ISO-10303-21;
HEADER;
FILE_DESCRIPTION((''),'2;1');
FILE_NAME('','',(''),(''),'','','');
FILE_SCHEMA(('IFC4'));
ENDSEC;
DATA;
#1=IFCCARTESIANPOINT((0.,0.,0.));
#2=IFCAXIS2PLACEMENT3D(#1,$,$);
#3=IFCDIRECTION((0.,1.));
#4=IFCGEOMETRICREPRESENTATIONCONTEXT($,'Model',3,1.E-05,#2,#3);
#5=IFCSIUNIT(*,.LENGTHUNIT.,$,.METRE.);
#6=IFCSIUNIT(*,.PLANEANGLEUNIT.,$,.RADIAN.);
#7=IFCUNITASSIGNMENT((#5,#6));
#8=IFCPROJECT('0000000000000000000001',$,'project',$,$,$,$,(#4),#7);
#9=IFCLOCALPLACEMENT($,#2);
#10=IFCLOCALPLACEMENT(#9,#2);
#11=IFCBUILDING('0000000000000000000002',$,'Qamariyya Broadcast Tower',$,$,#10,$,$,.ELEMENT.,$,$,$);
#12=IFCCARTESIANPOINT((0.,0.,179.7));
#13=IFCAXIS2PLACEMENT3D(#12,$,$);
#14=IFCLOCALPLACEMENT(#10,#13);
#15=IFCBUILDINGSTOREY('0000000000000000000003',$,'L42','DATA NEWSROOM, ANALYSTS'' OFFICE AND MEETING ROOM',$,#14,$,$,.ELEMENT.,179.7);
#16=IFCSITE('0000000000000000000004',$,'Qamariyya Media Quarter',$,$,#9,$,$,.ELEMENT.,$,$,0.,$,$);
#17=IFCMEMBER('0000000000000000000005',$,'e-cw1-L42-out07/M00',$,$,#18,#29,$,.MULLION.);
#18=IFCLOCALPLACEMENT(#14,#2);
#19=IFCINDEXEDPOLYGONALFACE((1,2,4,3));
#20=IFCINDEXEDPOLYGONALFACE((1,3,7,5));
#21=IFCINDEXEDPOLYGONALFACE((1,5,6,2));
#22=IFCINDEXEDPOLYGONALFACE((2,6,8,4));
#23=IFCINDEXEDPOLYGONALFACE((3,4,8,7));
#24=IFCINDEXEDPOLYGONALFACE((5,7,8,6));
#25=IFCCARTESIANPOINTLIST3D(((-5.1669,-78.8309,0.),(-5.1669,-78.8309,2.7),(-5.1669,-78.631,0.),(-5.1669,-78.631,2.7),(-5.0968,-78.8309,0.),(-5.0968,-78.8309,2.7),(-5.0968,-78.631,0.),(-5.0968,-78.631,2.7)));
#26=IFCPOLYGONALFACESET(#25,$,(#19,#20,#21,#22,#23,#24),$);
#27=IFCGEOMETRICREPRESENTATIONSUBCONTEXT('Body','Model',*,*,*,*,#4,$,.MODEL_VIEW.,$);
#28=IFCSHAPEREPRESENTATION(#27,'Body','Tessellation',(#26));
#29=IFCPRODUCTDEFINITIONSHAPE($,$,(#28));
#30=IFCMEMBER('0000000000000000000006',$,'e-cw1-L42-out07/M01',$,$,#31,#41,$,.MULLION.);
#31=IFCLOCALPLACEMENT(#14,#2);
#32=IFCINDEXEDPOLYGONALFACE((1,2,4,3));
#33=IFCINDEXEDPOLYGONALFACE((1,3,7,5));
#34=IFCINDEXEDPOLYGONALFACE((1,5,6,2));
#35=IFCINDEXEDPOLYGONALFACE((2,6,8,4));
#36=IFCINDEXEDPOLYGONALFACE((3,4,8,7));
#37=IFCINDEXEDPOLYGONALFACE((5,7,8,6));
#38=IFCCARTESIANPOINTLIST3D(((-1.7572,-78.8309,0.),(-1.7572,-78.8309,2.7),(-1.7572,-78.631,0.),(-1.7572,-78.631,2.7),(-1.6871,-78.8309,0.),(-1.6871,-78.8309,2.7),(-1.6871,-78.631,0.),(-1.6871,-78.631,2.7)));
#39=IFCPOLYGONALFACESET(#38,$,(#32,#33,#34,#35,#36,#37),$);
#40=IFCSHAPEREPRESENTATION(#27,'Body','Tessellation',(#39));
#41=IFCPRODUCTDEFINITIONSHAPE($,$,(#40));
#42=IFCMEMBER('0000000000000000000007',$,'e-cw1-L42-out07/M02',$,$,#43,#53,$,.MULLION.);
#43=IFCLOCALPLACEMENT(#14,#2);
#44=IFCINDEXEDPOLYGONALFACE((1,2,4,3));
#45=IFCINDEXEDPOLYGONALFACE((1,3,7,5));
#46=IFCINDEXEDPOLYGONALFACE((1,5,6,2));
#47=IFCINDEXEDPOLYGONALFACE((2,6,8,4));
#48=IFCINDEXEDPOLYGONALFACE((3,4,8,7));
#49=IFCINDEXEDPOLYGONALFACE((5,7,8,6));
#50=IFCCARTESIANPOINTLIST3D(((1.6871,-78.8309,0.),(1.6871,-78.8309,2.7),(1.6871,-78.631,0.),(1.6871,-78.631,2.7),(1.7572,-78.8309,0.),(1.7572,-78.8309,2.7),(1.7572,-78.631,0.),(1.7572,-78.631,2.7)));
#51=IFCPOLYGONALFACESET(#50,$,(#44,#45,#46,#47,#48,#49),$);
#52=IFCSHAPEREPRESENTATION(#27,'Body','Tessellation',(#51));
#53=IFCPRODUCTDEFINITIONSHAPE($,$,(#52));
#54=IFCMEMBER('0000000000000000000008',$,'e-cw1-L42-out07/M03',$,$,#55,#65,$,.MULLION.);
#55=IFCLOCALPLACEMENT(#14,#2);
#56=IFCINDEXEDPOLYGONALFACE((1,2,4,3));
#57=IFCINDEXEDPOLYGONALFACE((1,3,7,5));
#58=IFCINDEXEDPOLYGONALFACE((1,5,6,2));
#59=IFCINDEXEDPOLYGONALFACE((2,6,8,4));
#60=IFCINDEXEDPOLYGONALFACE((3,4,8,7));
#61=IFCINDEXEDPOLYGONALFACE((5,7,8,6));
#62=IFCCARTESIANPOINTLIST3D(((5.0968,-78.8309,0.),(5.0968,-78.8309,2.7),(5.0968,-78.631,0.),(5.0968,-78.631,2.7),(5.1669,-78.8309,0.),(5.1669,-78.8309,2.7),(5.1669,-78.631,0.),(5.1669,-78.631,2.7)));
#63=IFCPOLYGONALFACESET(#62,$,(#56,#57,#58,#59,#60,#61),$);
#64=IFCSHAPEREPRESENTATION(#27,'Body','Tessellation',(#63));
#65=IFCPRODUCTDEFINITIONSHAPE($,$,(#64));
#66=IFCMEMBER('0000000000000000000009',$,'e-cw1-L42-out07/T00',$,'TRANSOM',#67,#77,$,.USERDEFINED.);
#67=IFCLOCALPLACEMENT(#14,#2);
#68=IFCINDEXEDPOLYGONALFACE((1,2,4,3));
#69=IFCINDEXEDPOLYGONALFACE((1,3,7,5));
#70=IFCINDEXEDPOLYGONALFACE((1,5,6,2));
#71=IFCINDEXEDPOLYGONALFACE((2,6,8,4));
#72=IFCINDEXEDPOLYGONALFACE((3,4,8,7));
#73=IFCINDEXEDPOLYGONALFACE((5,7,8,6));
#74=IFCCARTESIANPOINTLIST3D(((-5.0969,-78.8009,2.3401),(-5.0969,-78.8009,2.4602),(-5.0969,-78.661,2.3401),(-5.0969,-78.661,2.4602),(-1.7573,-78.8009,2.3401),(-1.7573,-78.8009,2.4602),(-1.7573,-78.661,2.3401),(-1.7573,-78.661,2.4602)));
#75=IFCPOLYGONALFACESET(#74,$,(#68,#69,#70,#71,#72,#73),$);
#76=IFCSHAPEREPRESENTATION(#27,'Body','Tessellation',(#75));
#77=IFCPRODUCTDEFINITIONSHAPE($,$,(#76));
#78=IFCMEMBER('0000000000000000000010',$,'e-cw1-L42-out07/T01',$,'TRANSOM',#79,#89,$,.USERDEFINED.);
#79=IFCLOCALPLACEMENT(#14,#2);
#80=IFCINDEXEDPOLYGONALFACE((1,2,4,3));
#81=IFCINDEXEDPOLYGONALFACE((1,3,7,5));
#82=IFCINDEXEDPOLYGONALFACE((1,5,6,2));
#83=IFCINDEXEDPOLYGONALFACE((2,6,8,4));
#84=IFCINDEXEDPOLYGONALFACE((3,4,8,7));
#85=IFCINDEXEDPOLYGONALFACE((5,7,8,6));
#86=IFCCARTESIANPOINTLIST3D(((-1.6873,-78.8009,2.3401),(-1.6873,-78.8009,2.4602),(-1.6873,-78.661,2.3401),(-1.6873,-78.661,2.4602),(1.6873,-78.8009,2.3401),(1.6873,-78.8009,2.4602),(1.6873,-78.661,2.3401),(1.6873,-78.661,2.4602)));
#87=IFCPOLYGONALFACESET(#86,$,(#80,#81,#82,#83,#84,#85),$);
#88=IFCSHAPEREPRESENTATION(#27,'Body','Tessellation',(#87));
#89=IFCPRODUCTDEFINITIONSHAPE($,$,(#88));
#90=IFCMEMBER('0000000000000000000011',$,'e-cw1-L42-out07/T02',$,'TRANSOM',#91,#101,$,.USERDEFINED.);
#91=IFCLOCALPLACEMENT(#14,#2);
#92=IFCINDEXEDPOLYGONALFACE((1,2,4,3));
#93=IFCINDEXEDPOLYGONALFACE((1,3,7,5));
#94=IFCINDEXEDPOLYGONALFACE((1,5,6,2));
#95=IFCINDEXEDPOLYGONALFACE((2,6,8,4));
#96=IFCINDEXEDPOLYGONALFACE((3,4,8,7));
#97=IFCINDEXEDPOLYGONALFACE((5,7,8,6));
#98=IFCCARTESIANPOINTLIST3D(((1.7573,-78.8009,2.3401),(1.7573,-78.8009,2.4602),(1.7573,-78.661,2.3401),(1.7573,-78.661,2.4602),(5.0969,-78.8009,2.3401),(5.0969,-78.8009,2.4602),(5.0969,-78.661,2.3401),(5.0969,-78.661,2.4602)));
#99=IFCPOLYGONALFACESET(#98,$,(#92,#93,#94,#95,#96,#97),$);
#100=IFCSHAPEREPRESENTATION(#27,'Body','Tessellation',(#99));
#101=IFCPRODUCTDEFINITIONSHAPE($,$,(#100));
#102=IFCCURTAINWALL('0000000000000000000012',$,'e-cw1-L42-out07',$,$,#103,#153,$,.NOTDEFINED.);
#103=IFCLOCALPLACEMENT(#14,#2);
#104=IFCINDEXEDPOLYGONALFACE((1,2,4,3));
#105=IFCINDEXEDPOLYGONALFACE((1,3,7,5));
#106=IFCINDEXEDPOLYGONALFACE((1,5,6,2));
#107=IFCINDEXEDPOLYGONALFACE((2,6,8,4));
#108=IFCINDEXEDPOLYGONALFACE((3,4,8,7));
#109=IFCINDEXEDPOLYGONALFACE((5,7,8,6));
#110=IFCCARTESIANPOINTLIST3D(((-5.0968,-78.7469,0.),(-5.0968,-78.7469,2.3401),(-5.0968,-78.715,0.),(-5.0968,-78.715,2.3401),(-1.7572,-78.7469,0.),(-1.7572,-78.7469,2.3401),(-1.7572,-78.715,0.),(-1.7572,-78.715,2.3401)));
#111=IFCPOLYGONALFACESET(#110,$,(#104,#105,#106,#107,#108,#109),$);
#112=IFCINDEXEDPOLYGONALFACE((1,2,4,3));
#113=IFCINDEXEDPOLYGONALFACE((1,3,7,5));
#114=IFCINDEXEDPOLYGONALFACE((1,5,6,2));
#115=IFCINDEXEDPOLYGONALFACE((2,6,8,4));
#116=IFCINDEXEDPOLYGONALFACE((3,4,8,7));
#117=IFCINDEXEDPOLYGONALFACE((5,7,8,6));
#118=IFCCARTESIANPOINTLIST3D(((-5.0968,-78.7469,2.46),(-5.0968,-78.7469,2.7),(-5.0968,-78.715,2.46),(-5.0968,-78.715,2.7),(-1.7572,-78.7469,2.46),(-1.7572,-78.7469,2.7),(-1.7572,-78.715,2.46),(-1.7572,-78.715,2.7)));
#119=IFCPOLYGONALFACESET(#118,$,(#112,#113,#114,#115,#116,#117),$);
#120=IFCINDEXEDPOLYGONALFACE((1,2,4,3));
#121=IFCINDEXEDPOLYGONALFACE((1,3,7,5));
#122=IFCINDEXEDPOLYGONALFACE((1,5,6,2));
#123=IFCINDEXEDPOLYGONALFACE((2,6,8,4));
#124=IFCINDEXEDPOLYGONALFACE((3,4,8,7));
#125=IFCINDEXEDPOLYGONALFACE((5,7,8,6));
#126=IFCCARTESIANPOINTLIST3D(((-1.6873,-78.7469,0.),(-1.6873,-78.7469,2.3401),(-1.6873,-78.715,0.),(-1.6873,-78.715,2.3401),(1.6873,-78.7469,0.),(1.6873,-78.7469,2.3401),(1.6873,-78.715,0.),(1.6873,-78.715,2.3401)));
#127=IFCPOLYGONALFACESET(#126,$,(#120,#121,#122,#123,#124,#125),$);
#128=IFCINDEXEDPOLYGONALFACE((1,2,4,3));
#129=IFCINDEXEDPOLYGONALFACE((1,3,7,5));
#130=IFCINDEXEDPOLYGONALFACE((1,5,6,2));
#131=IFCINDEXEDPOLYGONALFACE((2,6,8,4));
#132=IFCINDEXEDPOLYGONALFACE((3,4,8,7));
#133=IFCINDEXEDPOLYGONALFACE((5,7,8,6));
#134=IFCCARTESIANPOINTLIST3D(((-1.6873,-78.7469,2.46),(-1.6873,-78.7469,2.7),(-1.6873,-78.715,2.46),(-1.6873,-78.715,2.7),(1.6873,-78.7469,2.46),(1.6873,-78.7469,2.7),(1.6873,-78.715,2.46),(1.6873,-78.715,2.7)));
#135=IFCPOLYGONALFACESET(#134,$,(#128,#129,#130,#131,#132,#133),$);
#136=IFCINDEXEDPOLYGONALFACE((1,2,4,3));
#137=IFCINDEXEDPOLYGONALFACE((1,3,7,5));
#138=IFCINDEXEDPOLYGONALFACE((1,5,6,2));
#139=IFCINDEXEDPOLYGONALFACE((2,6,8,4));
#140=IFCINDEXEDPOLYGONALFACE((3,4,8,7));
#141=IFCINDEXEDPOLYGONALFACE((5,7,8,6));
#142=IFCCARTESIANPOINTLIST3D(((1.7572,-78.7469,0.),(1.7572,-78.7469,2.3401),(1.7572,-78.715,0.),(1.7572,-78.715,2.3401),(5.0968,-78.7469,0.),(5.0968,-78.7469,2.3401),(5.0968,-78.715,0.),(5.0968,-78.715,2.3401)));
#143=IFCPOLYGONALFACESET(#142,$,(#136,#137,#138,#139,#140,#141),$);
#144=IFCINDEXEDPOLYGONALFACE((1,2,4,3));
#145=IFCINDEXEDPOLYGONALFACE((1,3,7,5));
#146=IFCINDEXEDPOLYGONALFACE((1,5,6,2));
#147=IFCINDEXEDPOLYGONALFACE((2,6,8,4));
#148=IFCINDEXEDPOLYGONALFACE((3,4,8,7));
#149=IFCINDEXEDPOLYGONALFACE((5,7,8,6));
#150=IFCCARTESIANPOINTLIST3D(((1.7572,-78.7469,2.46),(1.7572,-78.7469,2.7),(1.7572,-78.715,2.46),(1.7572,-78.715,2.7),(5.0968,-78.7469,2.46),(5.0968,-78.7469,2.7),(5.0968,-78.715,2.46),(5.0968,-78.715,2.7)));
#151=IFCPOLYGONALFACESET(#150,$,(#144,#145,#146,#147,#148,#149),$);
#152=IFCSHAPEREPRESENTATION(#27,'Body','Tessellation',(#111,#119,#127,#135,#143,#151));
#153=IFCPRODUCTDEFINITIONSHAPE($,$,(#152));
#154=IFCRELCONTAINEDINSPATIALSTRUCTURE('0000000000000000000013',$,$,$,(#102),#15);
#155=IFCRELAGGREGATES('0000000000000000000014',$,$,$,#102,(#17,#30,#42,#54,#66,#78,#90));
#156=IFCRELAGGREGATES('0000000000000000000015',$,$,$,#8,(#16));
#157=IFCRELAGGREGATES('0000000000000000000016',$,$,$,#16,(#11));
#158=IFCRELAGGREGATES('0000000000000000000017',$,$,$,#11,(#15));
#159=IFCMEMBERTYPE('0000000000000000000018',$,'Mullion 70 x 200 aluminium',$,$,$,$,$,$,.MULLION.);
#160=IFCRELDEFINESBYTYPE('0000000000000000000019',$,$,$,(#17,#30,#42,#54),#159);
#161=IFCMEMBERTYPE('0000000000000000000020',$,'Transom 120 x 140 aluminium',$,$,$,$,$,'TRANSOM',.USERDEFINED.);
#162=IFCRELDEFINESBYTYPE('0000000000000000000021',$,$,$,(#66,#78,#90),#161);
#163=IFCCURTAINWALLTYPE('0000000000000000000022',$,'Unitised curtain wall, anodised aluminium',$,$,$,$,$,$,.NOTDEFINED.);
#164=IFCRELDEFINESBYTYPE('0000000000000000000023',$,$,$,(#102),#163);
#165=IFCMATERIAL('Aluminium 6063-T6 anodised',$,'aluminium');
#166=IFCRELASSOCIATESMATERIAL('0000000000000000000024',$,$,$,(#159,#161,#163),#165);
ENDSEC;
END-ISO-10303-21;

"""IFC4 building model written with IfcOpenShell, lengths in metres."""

from ifc_helpers import new_model, si_unit, direction, frame, origin, origin_2d, place, context, subcontext, project, spatial, rectangle, extrude, material, material_profile, profile_set, type_object, element, aggregate, save


model = new_model("IFC4")

# Units and contexts
model_context = context("Model", 3, precision=1e-05, world=origin(), true_north=direction((0.0, 1.0)))
body_context = subcontext(model_context, "Body", "Model", "MODEL_VIEW")
ifc_project = project(units=[si_unit("LENGTHUNIT", "METRE"), si_unit("PLANEANGLEUNIT", "RADIAN")], contexts=[model_context])

# Members
ifc_material = material(Name="Aluminium 6063-T6 anodised", Category="aluminium")
ifc_material_profile_1 = material_profile(ifc_material, rectangle(XDim=0.2, YDim=0.0701, at=origin_2d()))
ifc_profile_set_1 = profile_set([ifc_material_profile_1], Name="Aluminium 6063-T6 anodised")
member_type_1 = type_object("IfcMemberType", Name="Mullion 70 x 200 aluminium", PredefinedType="MULLION", material=ifc_profile_set_1)
site_placement = place(None, origin())
building_placement = place(site_placement, origin())
storey_placement = place(building_placement, frame((0.0, 0.0, 179.7)))
member_1_placement = place(storey_placement, frame((-5.1318, -78.731, 0.0), z_axis=(0.0, 0.0, 1.0), x_axis=(0.0, 1.0, 0.0)))
member_1 = element("IfcMember", 1, at=member_1_placement, type_object=member_type_1, Name="e-cw1-L42-out07/M00", PredefinedType="MULLION", context=body_context, shape_type="SweptSolid", body=[
    extrude(rectangle(XDim=0.2, YDim=0.0701, at=origin_2d()), origin(), (0.0, 0.0, 1.0), 2.7),
])
member_2_placement = place(storey_placement, frame((-1.7222, -78.731, 0.0), z_axis=(0.0, 0.0, 1.0), x_axis=(0.0, 1.0, 0.0)))
member_2 = element("IfcMember", 2, at=member_2_placement, type_object=member_type_1, Name="e-cw1-L42-out07/M01", PredefinedType="MULLION", context=body_context, shape_type="SweptSolid", body=[
    extrude(rectangle(XDim=0.2, YDim=0.0701, at=origin_2d()), origin(), (0.0, 0.0, 1.0), 2.7),
])
member_3_placement = place(storey_placement, frame((1.7222, -78.731, 0.0), z_axis=(0.0, 0.0, 1.0), x_axis=(0.0, 1.0, 0.0)))
member_3 = element("IfcMember", 3, at=member_3_placement, type_object=member_type_1, Name="e-cw1-L42-out07/M02", PredefinedType="MULLION", context=body_context, shape_type="SweptSolid", body=[
    extrude(rectangle(XDim=0.2, YDim=0.0701, at=origin_2d()), origin(), (0.0, 0.0, 1.0), 2.7),
])
member_4_placement = place(storey_placement, frame((5.1318, -78.731, 0.0), z_axis=(0.0, 0.0, 1.0), x_axis=(0.0, 1.0, 0.0)))
member_4 = element("IfcMember", 4, at=member_4_placement, type_object=member_type_1, Name="e-cw1-L42-out07/M03", PredefinedType="MULLION", context=body_context, shape_type="SweptSolid", body=[
    extrude(rectangle(XDim=0.2, YDim=0.0701, at=origin_2d()), origin(), (0.0, 0.0, 1.0), 2.7),
])
ifc_material_profile_2 = material_profile(ifc_material, rectangle(XDim=0.1399, YDim=0.1201, at=origin_2d()))
ifc_profile_set_2 = profile_set([ifc_material_profile_2], Name="Aluminium 6063-T6 anodised")
member_type_2 = type_object("IfcMemberType", Name="Transom 120 x 140 aluminium", ElementType="TRANSOM", PredefinedType="USERDEFINED", material=ifc_profile_set_2)
member_5_placement = place(storey_placement, frame((-5.0969, -78.731, 2.4001), z_axis=(1.0, 0.0, 0.0), x_axis=(0.0, 1.0, 0.0)))
member_5 = element("IfcMember", 5, at=member_5_placement, type_object=member_type_2, Name="e-cw1-L42-out07/T00", ObjectType="TRANSOM", PredefinedType="USERDEFINED", context=body_context, shape_type="SweptSolid", body=[
    extrude(rectangle(XDim=0.1399, YDim=0.1201, at=origin_2d()), origin(), (0.0, 0.0, 1.0), 3.3396),
])
member_6_placement = place(storey_placement, frame((-1.6873, -78.731, 2.4001), z_axis=(1.0, 0.0, 0.0), x_axis=(0.0, 1.0, 0.0)))
member_6 = element("IfcMember", 6, at=member_6_placement, type_object=member_type_2, Name="e-cw1-L42-out07/T01", ObjectType="TRANSOM", PredefinedType="USERDEFINED", context=body_context, shape_type="SweptSolid", body=[
    extrude(rectangle(XDim=0.1399, YDim=0.1201, at=origin_2d()), origin(), (0.0, 0.0, 1.0), 3.3745),
])
member_7_placement = place(storey_placement, frame((1.7573, -78.731, 2.4001), z_axis=(1.0, 0.0, 0.0), x_axis=(0.0, 1.0, 0.0)))
member_7 = element("IfcMember", 7, at=member_7_placement, type_object=member_type_2, Name="e-cw1-L42-out07/T02", ObjectType="TRANSOM", PredefinedType="USERDEFINED", context=body_context, shape_type="SweptSolid", body=[
    extrude(rectangle(XDim=0.1399, YDim=0.1201, at=origin_2d()), origin(), (0.0, 0.0, 1.0), 3.3396),
])

# Site, building, storey
site = spatial("IfcSite", under=ifc_project, at=site_placement, Name="Qamariyya Media Quarter", CompositionType="ELEMENT", RefElevation=0.0)
building = spatial("IfcBuilding", under=site, at=building_placement, Name="Qamariyya Broadcast Tower", CompositionType="ELEMENT")
storey = spatial("IfcBuildingStorey", under=building, at=storey_placement, Name="L42", Description="DATA NEWSROOM, ANALYSTS' OFFICE AND MEETING ROOM", CompositionType="ELEMENT", Elevation=179.7)

# Curtain wall
curtain_wall_type = type_object("IfcCurtainWallType", Name="Unitised curtain wall, anodised aluminium", PredefinedType="NOTDEFINED", material=ifc_material)
curtain_wall_1_placement = place(storey_placement, origin())
curtain_wall_1 = element("IfcCurtainWall", 8, at=curtain_wall_1_placement, inside=storey, type_object=curtain_wall_type, Name="e-cw1-L42-out07", PredefinedType="NOTDEFINED", context=body_context, shape_type="SweptSolid", body=[
    extrude(rectangle(XDim=3.3396, YDim=0.032, at=origin_2d()), frame((-3.427, -78.731, 0.0), x_axis=(1.0, 0.0, 0.0)), (0.0, 0.0, 1.0), 2.3401),
    extrude(rectangle(XDim=3.3396, YDim=0.032, at=origin_2d()), frame((-3.427, -78.731, 2.46), x_axis=(1.0, 0.0, 0.0)), (0.0, 0.0, 1.0), 0.24),
    extrude(rectangle(XDim=3.3745, YDim=0.032, at=origin_2d()), frame((0.0, -78.731, 0.0), x_axis=(1.0, 0.0, 0.0)), (0.0, 0.0, 1.0), 2.3401),
    extrude(rectangle(XDim=3.3745, YDim=0.032, at=origin_2d()), frame((0.0, -78.731, 2.46), x_axis=(1.0, 0.0, 0.0)), (0.0, 0.0, 1.0), 0.24),
    extrude(rectangle(XDim=3.3396, YDim=0.032, at=origin_2d()), frame((3.427, -78.731, 0.0), x_axis=(1.0, 0.0, 0.0)), (0.0, 0.0, 1.0), 2.3401),
    extrude(rectangle(XDim=3.3396, YDim=0.032, at=origin_2d()), frame((3.427, -78.731, 2.46), x_axis=(1.0, 0.0, 0.0)), (0.0, 0.0, 1.0), 0.24),
])
aggregate(curtain_wall_1, [member_1, member_2, member_3, member_4, member_5, member_6, member_7])

save(model, "model.ifc")
